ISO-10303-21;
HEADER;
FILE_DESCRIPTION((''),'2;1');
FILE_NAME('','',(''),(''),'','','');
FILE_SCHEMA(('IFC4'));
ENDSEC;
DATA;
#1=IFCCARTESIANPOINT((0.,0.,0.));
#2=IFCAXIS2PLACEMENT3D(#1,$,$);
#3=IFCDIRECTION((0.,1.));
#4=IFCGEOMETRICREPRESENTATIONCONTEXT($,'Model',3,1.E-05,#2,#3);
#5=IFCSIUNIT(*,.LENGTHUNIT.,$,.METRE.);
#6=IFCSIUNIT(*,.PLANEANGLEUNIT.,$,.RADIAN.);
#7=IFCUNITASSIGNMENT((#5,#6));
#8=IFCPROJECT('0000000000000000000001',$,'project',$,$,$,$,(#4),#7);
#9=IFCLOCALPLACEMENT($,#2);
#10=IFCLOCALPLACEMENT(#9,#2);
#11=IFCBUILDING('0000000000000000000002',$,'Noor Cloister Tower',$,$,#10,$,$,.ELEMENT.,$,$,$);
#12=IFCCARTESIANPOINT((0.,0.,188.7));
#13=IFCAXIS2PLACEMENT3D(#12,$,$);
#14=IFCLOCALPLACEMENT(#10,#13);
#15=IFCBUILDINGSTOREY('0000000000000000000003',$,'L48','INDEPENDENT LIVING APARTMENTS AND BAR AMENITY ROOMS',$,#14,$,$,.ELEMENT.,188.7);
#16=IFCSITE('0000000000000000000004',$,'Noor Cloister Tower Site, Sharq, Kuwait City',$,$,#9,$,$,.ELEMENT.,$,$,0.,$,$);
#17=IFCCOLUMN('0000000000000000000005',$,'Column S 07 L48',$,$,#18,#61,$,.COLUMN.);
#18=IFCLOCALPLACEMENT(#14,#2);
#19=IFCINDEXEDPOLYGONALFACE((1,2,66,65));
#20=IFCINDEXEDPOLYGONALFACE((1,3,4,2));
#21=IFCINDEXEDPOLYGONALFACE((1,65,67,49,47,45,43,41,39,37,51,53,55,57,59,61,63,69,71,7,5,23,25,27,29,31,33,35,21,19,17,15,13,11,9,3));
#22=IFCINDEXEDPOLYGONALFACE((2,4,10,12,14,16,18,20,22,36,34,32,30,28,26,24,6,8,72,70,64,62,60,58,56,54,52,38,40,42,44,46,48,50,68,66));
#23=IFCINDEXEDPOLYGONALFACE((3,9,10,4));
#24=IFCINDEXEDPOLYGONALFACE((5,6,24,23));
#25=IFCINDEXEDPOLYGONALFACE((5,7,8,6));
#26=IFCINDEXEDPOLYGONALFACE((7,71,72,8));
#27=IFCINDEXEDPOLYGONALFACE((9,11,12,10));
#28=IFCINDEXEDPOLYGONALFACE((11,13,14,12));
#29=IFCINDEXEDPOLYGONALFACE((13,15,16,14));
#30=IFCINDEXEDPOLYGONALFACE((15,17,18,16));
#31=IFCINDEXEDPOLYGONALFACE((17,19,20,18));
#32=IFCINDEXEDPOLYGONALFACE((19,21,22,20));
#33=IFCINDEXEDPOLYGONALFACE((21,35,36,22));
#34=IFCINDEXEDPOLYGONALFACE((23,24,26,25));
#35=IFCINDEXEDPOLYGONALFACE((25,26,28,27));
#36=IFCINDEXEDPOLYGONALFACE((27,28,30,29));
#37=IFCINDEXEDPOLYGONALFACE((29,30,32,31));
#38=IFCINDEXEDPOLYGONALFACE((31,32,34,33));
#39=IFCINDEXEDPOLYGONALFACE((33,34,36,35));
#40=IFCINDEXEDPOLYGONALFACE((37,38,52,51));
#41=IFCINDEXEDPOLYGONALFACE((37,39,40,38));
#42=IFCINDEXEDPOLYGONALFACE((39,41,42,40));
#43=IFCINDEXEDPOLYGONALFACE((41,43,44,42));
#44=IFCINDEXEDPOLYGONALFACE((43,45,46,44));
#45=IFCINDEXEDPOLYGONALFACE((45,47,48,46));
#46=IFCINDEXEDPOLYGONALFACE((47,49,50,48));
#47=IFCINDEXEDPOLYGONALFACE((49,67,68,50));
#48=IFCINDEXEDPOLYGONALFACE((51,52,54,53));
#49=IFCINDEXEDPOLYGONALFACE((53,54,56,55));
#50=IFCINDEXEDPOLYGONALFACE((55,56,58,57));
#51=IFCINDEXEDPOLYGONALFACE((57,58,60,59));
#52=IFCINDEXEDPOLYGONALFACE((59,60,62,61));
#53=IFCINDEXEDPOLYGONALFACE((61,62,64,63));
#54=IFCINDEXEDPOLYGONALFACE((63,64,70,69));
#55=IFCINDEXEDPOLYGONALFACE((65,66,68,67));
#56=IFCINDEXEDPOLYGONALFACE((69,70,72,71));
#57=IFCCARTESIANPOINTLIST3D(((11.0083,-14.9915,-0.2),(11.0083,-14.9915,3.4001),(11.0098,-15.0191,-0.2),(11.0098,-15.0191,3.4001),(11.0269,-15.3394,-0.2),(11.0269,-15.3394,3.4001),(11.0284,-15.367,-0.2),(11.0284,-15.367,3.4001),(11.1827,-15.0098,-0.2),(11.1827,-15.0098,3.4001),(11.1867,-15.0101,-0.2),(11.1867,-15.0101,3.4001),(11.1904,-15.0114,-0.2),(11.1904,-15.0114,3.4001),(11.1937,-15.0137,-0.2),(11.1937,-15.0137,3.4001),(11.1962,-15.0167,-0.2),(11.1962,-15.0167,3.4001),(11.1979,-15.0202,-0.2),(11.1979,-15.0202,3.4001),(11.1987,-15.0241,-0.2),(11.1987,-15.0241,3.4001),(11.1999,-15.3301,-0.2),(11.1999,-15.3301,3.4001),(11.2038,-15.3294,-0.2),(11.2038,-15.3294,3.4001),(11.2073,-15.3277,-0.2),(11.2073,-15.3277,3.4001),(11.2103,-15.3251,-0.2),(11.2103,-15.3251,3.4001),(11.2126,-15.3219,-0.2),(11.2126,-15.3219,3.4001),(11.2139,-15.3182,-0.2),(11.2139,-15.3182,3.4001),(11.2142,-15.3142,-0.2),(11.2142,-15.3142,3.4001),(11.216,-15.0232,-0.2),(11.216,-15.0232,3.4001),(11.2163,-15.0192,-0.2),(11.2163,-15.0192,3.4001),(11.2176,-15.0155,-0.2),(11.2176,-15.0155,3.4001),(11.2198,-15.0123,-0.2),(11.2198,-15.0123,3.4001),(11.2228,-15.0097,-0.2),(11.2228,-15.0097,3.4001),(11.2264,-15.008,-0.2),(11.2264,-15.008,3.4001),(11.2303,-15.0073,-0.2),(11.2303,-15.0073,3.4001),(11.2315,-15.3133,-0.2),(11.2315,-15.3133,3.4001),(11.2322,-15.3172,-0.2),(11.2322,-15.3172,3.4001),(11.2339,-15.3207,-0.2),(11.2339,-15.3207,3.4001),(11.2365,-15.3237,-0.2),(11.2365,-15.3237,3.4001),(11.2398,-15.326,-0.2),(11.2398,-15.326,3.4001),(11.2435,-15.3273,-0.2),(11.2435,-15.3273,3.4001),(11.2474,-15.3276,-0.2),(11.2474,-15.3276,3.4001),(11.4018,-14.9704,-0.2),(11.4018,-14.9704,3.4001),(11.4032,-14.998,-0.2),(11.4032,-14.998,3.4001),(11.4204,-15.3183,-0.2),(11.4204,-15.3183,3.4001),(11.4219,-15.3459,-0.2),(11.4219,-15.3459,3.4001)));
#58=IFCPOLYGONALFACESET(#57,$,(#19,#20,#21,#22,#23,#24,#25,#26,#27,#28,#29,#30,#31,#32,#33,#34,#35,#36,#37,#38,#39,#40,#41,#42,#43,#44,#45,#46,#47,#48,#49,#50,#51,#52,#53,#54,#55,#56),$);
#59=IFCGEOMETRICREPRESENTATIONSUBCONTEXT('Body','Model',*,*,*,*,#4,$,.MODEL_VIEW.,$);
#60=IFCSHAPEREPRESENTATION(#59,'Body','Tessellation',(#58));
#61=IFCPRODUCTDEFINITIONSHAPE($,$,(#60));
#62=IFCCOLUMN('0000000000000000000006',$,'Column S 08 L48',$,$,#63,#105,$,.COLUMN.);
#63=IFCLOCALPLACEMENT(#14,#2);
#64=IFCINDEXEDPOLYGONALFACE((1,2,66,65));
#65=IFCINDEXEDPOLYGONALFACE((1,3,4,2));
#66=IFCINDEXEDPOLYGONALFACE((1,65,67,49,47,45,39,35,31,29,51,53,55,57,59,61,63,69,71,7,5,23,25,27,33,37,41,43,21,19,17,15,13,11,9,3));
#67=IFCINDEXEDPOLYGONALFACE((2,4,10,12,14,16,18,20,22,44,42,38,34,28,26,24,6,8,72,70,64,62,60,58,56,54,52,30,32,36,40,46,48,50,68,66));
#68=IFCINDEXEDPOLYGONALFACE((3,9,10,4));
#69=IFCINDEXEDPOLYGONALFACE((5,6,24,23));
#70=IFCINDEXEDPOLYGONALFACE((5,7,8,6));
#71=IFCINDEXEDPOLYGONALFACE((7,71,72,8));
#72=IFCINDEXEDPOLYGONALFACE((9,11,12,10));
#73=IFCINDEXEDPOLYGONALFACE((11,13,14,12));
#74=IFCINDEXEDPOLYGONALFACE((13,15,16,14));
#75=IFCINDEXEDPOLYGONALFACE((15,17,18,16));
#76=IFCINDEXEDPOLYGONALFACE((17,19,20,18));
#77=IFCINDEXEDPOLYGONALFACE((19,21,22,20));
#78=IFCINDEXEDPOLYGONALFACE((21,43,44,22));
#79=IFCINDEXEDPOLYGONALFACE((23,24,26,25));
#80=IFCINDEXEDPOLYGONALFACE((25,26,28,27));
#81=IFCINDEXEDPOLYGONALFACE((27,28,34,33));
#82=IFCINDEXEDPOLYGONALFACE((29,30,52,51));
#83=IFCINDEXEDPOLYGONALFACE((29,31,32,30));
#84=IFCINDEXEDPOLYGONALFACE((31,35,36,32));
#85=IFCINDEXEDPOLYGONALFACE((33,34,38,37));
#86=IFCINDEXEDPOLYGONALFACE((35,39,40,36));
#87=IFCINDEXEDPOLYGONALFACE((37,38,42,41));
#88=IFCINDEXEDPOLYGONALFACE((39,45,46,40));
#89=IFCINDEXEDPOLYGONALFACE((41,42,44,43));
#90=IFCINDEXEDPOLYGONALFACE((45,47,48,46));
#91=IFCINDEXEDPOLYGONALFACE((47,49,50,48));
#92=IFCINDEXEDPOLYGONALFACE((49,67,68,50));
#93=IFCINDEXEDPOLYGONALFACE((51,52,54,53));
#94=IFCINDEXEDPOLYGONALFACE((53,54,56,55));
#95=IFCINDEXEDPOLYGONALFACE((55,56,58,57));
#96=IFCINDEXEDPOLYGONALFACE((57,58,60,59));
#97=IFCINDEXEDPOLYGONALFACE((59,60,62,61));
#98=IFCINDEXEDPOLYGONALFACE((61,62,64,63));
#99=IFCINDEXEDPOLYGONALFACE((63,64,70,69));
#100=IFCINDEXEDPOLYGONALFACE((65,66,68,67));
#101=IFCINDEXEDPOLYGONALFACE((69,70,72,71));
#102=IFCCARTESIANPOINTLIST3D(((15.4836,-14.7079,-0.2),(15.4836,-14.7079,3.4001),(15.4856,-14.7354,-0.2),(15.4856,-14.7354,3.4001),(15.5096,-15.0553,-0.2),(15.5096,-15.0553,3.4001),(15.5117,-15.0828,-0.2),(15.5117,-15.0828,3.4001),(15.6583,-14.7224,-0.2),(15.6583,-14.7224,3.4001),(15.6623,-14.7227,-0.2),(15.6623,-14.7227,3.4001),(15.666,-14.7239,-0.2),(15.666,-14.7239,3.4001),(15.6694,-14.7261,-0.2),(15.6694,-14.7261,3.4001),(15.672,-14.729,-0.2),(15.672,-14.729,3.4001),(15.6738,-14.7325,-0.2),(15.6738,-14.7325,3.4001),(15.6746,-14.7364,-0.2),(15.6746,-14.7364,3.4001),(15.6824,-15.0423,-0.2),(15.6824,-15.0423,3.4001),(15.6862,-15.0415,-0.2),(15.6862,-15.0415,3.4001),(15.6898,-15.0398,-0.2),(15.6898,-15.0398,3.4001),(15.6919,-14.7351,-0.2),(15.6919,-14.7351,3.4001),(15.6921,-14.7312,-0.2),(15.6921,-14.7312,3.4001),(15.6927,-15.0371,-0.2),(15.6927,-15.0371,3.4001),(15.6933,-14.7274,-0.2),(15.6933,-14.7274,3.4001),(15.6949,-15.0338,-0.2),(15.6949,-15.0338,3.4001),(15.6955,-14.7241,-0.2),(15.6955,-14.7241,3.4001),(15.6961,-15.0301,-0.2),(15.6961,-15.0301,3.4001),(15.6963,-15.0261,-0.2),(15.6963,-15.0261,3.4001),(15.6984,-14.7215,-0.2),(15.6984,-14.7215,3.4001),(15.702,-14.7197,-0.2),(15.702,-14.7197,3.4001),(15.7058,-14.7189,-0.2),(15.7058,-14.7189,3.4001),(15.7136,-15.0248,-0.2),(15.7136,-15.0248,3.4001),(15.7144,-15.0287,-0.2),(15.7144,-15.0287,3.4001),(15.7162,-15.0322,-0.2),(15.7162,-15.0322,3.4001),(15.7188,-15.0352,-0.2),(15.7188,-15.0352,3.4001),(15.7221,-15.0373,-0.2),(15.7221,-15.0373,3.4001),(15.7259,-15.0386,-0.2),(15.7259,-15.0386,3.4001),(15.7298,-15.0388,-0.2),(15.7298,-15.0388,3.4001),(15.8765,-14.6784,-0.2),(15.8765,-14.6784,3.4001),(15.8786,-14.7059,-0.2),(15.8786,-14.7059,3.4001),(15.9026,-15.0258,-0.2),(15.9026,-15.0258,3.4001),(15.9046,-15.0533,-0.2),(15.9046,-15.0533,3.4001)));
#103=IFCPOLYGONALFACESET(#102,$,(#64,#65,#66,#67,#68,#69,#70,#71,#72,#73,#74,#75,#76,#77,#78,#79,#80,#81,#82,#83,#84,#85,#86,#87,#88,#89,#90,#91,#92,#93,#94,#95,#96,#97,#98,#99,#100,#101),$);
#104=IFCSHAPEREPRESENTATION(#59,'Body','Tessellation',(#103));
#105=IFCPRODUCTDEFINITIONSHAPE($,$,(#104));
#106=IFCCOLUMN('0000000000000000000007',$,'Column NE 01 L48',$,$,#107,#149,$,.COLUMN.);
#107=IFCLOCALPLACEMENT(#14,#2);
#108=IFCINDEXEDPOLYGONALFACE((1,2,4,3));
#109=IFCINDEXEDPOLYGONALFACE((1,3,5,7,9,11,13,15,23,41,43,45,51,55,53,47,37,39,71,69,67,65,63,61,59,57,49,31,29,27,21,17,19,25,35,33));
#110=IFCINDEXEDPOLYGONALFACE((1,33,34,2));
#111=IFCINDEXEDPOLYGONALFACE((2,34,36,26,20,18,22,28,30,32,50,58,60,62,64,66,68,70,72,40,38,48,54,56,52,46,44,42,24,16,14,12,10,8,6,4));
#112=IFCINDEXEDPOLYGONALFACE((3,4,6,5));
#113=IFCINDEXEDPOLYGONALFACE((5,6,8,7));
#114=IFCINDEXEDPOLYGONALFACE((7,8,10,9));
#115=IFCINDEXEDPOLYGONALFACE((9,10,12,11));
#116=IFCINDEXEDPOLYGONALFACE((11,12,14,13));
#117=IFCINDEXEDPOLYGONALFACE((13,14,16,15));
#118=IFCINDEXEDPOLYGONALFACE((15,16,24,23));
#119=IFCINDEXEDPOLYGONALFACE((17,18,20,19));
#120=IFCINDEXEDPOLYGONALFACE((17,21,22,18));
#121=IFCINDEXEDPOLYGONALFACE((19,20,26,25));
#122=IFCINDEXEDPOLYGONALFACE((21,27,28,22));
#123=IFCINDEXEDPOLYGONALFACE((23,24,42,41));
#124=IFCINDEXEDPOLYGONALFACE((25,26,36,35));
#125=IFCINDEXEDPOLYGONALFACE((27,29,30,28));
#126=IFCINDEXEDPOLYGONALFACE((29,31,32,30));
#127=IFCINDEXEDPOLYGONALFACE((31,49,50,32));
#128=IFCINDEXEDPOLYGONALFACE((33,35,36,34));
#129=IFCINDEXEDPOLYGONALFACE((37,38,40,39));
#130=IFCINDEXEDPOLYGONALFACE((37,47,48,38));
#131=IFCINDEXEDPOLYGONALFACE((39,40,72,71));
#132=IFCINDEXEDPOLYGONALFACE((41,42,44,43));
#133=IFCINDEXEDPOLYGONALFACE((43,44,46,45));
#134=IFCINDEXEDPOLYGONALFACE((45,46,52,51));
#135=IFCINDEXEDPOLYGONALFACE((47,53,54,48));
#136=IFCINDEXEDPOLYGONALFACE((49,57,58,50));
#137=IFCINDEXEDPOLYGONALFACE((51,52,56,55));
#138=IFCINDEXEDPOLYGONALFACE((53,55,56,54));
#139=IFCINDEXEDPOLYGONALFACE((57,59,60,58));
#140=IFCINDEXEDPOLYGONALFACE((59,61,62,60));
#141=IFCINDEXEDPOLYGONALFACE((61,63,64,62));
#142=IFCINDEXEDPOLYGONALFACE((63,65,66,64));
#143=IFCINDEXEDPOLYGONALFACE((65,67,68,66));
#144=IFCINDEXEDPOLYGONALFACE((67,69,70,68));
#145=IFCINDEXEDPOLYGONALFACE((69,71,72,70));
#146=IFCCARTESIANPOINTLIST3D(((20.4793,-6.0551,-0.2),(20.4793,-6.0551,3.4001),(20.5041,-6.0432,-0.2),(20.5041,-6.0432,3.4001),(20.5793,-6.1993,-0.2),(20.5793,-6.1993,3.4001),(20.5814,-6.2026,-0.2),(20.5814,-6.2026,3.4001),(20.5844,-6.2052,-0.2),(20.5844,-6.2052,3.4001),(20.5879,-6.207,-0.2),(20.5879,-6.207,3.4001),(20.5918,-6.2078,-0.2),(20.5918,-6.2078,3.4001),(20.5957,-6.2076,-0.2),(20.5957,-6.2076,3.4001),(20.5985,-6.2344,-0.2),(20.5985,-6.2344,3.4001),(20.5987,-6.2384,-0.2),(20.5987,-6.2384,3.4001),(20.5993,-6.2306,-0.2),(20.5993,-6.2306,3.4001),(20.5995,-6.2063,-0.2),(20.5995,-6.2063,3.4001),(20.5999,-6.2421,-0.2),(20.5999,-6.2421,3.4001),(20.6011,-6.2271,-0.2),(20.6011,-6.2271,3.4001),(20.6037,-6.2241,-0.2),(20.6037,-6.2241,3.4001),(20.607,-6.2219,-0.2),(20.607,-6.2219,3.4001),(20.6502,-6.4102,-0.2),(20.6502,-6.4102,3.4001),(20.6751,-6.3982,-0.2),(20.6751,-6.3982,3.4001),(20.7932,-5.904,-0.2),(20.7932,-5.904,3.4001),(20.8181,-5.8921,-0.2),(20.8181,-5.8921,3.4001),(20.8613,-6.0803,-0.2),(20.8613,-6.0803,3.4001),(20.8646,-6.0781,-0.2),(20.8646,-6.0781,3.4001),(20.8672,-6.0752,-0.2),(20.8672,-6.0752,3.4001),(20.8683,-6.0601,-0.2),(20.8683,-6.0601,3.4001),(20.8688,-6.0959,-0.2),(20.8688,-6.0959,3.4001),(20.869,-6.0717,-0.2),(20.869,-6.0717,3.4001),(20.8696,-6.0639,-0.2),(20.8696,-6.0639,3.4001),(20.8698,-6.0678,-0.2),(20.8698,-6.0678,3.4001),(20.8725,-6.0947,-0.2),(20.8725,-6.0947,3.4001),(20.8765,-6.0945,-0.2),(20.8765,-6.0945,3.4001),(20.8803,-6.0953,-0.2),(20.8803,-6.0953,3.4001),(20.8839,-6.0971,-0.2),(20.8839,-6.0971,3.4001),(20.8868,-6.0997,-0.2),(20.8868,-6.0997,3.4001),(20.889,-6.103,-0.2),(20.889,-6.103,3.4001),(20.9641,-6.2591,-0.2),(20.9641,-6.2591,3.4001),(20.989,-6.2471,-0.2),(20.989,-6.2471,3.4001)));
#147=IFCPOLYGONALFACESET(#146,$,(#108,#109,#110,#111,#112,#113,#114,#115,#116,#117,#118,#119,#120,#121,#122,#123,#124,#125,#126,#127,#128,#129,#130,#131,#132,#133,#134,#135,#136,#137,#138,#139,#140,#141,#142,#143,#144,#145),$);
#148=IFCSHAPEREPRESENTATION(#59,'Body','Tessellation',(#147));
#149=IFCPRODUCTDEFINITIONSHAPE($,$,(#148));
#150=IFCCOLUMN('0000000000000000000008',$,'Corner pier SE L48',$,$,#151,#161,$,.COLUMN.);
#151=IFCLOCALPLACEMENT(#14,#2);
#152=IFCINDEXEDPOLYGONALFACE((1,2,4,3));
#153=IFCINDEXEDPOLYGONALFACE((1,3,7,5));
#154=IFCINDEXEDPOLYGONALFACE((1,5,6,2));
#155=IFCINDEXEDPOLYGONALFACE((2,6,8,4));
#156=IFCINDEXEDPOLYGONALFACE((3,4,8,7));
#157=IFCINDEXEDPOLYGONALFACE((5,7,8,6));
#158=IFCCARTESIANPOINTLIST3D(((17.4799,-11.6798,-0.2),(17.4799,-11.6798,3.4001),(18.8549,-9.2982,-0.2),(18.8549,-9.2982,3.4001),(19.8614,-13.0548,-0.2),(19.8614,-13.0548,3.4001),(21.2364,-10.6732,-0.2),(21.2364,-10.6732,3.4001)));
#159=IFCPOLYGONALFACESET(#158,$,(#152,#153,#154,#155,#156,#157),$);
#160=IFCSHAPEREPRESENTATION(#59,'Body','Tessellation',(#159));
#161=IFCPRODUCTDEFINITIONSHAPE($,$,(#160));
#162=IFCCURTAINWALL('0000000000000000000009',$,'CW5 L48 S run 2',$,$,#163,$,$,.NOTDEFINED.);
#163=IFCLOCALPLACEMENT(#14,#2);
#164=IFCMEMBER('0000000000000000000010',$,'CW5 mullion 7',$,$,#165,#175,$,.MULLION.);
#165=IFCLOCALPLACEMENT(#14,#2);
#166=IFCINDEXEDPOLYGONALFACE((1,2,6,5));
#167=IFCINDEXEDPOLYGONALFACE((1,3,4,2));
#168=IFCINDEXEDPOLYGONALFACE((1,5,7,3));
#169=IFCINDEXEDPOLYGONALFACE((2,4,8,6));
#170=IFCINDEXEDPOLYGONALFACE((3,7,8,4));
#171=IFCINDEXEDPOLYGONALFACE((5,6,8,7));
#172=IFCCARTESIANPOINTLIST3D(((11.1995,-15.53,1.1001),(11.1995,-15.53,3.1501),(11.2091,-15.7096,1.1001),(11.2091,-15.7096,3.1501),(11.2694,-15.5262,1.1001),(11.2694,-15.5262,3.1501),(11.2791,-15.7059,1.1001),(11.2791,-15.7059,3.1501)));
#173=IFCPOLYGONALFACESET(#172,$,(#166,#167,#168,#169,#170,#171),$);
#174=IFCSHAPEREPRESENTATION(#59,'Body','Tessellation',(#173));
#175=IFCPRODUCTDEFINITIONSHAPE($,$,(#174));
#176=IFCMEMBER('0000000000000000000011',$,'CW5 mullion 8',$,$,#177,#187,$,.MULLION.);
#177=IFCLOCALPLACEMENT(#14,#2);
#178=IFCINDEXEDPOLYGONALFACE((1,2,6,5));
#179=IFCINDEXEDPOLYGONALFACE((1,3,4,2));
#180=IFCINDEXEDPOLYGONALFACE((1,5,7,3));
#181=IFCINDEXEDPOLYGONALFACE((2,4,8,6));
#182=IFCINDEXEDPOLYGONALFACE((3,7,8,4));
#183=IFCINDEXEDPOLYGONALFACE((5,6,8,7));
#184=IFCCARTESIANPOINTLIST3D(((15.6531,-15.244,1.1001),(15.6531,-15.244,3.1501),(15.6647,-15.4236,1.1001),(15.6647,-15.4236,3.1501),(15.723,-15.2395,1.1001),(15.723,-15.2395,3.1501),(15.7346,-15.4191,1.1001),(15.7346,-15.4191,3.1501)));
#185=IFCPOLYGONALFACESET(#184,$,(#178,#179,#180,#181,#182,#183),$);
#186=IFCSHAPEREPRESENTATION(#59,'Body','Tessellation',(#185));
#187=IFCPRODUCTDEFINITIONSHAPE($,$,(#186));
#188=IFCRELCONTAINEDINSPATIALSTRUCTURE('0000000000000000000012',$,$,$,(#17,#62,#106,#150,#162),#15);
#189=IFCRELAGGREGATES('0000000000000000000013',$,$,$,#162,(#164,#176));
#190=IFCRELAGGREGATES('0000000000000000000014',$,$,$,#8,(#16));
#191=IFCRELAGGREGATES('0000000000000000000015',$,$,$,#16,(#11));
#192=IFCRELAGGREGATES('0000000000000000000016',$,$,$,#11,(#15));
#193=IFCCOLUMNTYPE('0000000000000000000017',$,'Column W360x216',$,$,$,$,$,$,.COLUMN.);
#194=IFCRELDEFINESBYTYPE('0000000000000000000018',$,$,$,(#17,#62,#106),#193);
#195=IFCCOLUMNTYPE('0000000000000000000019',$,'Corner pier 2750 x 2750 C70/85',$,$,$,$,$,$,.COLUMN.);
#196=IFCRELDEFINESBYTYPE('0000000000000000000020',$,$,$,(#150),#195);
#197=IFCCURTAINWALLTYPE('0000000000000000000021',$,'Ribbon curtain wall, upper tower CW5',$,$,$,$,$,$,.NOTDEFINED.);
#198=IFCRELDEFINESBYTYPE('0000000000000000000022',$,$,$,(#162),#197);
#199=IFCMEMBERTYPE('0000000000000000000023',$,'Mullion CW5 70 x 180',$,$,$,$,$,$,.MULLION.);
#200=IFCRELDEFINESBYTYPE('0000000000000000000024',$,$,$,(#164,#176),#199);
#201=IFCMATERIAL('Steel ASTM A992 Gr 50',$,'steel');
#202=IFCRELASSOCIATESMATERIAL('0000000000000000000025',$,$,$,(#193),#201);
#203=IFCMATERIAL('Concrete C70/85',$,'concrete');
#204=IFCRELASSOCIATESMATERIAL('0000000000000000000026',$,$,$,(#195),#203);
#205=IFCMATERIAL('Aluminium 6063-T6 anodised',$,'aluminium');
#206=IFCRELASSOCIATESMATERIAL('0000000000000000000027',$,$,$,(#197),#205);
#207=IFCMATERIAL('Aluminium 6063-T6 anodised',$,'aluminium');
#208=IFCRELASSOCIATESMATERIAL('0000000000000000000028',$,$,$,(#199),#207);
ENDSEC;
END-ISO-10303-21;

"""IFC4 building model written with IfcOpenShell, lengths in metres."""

from ifc_helpers import new_model, si_unit, direction, frame, origin, origin_2d, place, context, subcontext, project, spatial, rectangle, i_section, extrude, material, material_profile, profile_set, type_object, element, aggregate, save


model = new_model("IFC4")

# Units and contexts
model_context = context("Model", 3, precision=1e-05, world=origin(), true_north=direction((0.0, 1.0)))
body_context = subcontext(model_context, "Body", "Model", "MODEL_VIEW")
ifc_project = project(units=[si_unit("LENGTHUNIT", "METRE"), si_unit("PLANEANGLEUNIT", "RADIAN")], contexts=[model_context])

# Site, building, storey
site_placement = place(None, origin())
site = spatial("IfcSite", under=ifc_project, at=site_placement, Name="Noor Cloister Tower Site, Sharq, Kuwait City", CompositionType="ELEMENT", RefElevation=0.0)
building_placement = place(site_placement, origin())
building = spatial("IfcBuilding", under=site, at=building_placement, Name="Noor Cloister Tower", CompositionType="ELEMENT")
storey_placement = place(building_placement, frame((0.0, 0.0, 188.7)))
storey = spatial("IfcBuildingStorey", under=building, at=storey_placement, Name="L48", Description="INDEPENDENT LIVING APARTMENTS AND BAR AMENITY ROOMS", CompositionType="ELEMENT", Elevation=188.7)

# Columns
ifc_material_1 = material(Name="Steel ASTM A992 Gr 50", Category="steel")
ifc_material_profile_1 = material_profile(ifc_material_1, i_section(OverallWidth=0.394, OverallDepth=0.376, WebThickness=0.0173, FlangeThickness=0.0276, FilletRadius=0.0151, at=origin_2d()), Name="W360x216")
ifc_profile_set_1 = profile_set([ifc_material_profile_1], Name="Steel ASTM A992 Gr 50")
column_type_1 = type_object("IfcColumnType", Name="Column W360x216", PredefinedType="COLUMN", material=ifc_profile_set_1)
for number, where, z_axis, x_axis, name in (
    (1, (11.2151, -15.1687, -0.2), (0.0, 0.0, 1.0), (0.998568, 0.053495, 0.0), "Column S 07 L48"),
    (2, (15.6941, -14.8806, -0.2), (0.0, 0.0, 1.0), (0.997194, 0.074858, 0.0), "Column S 08 L48"),
    (3, (20.7341, -6.1511, -0.2), (0.0, 0.0, 1.0), (-0.433768, 0.901025, 0.0), "Column NE 01 L48"),
):
    element("IfcColumn", number, at=place(storey_placement, frame(where, z_axis=z_axis, x_axis=x_axis)), inside=storey, type_object=column_type_1, Name=name, PredefinedType="COLUMN", context=body_context, shape_type="SweptSolid", body=[
        extrude(i_section(OverallWidth=0.394, OverallDepth=0.376, WebThickness=0.0173, FlangeThickness=0.0276, FilletRadius=0.0151, at=origin_2d()), origin(), (0.0, 0.0, 1.0), 3.6001),
    ])
ifc_material_2 = material(Name="Concrete C70/85", Category="concrete")
ifc_material_profile_2 = material_profile(ifc_material_2, rectangle(XDim=2.75, YDim=2.75, at=origin_2d()), Name="RC 2750x2750")
ifc_profile_set_2 = profile_set([ifc_material_profile_2], Name="Concrete C70/85")
column_type_2 = type_object("IfcColumnType", Name="Corner pier 2750 x 2750 C70/85", PredefinedType="COLUMN", material=ifc_profile_set_2)
column_placement = place(storey_placement, frame((19.3582, -11.1765, -0.2), z_axis=(0.0, 0.0, 1.0), x_axis=(0.866025, -0.5, 0.0)))
element("IfcColumn", 4, at=column_placement, inside=storey, type_object=column_type_2, Name="Corner pier SE L48", PredefinedType="COLUMN", context=body_context, shape_type="SweptSolid", body=[
    extrude(rectangle(XDim=2.75, YDim=2.75, at=origin_2d()), origin(), (0.0, 0.0, 1.0), 3.6001),
])

# Curtain wall, members
ifc_material_3 = material(Name="Aluminium 6063-T6 anodised", Category="aluminium")
curtain_wall_type = type_object("IfcCurtainWallType", Name="Ribbon curtain wall, upper tower CW5", PredefinedType="NOTDEFINED", material=ifc_material_3)
curtain_wall_placement = place(storey_placement, origin())
curtain_wall = element("IfcCurtainWall", 5, at=curtain_wall_placement, inside=storey, type_object=curtain_wall_type, Name="CW5 L48 S run 2", PredefinedType="NOTDEFINED")
ifc_material_4 = material(Name="Aluminium 6063-T6 anodised", Category="aluminium")
ifc_material_profile_3 = material_profile(ifc_material_4, rectangle(XDim=0.1799, YDim=0.0701, at=origin_2d()), Name="180 x 70 mullion")
ifc_profile_set_3 = profile_set([ifc_material_profile_3], Name="Aluminium 6063-T6 anodised")
member_type = type_object("IfcMemberType", Name="Mullion CW5 70 x 180", PredefinedType="MULLION", material=ifc_profile_set_3)
member_1_placement = place(storey_placement, frame((11.2393, -15.6179, 1.1001), z_axis=(0.0, 0.0, 1.0), x_axis=(-0.053495, 0.998568, 0.0)))
member_1 = element("IfcMember", 6, at=member_1_placement, type_object=member_type, Name="CW5 mullion 7", PredefinedType="MULLION", context=body_context, shape_type="SweptSolid", body=[
    extrude(rectangle(XDim=0.1799, YDim=0.0701, at=origin_2d()), origin(), (0.0, 0.0, 1.0), 2.05),
])
member_2_placement = place(storey_placement, frame((15.6938, -15.3315, 1.1001), z_axis=(0.0, 0.0, 1.0), x_axis=(-0.06418, 0.997938, 0.0)))
member_2 = element("IfcMember", 7, at=member_2_placement, type_object=member_type, Name="CW5 mullion 8", PredefinedType="MULLION", context=body_context, shape_type="SweptSolid", body=[
    extrude(rectangle(XDim=0.1799, YDim=0.0701, at=origin_2d()), origin(), (0.0, 0.0, 1.0), 2.05),
])

aggregate(curtain_wall, [member_1, member_2])

save(model, "model.ifc")
